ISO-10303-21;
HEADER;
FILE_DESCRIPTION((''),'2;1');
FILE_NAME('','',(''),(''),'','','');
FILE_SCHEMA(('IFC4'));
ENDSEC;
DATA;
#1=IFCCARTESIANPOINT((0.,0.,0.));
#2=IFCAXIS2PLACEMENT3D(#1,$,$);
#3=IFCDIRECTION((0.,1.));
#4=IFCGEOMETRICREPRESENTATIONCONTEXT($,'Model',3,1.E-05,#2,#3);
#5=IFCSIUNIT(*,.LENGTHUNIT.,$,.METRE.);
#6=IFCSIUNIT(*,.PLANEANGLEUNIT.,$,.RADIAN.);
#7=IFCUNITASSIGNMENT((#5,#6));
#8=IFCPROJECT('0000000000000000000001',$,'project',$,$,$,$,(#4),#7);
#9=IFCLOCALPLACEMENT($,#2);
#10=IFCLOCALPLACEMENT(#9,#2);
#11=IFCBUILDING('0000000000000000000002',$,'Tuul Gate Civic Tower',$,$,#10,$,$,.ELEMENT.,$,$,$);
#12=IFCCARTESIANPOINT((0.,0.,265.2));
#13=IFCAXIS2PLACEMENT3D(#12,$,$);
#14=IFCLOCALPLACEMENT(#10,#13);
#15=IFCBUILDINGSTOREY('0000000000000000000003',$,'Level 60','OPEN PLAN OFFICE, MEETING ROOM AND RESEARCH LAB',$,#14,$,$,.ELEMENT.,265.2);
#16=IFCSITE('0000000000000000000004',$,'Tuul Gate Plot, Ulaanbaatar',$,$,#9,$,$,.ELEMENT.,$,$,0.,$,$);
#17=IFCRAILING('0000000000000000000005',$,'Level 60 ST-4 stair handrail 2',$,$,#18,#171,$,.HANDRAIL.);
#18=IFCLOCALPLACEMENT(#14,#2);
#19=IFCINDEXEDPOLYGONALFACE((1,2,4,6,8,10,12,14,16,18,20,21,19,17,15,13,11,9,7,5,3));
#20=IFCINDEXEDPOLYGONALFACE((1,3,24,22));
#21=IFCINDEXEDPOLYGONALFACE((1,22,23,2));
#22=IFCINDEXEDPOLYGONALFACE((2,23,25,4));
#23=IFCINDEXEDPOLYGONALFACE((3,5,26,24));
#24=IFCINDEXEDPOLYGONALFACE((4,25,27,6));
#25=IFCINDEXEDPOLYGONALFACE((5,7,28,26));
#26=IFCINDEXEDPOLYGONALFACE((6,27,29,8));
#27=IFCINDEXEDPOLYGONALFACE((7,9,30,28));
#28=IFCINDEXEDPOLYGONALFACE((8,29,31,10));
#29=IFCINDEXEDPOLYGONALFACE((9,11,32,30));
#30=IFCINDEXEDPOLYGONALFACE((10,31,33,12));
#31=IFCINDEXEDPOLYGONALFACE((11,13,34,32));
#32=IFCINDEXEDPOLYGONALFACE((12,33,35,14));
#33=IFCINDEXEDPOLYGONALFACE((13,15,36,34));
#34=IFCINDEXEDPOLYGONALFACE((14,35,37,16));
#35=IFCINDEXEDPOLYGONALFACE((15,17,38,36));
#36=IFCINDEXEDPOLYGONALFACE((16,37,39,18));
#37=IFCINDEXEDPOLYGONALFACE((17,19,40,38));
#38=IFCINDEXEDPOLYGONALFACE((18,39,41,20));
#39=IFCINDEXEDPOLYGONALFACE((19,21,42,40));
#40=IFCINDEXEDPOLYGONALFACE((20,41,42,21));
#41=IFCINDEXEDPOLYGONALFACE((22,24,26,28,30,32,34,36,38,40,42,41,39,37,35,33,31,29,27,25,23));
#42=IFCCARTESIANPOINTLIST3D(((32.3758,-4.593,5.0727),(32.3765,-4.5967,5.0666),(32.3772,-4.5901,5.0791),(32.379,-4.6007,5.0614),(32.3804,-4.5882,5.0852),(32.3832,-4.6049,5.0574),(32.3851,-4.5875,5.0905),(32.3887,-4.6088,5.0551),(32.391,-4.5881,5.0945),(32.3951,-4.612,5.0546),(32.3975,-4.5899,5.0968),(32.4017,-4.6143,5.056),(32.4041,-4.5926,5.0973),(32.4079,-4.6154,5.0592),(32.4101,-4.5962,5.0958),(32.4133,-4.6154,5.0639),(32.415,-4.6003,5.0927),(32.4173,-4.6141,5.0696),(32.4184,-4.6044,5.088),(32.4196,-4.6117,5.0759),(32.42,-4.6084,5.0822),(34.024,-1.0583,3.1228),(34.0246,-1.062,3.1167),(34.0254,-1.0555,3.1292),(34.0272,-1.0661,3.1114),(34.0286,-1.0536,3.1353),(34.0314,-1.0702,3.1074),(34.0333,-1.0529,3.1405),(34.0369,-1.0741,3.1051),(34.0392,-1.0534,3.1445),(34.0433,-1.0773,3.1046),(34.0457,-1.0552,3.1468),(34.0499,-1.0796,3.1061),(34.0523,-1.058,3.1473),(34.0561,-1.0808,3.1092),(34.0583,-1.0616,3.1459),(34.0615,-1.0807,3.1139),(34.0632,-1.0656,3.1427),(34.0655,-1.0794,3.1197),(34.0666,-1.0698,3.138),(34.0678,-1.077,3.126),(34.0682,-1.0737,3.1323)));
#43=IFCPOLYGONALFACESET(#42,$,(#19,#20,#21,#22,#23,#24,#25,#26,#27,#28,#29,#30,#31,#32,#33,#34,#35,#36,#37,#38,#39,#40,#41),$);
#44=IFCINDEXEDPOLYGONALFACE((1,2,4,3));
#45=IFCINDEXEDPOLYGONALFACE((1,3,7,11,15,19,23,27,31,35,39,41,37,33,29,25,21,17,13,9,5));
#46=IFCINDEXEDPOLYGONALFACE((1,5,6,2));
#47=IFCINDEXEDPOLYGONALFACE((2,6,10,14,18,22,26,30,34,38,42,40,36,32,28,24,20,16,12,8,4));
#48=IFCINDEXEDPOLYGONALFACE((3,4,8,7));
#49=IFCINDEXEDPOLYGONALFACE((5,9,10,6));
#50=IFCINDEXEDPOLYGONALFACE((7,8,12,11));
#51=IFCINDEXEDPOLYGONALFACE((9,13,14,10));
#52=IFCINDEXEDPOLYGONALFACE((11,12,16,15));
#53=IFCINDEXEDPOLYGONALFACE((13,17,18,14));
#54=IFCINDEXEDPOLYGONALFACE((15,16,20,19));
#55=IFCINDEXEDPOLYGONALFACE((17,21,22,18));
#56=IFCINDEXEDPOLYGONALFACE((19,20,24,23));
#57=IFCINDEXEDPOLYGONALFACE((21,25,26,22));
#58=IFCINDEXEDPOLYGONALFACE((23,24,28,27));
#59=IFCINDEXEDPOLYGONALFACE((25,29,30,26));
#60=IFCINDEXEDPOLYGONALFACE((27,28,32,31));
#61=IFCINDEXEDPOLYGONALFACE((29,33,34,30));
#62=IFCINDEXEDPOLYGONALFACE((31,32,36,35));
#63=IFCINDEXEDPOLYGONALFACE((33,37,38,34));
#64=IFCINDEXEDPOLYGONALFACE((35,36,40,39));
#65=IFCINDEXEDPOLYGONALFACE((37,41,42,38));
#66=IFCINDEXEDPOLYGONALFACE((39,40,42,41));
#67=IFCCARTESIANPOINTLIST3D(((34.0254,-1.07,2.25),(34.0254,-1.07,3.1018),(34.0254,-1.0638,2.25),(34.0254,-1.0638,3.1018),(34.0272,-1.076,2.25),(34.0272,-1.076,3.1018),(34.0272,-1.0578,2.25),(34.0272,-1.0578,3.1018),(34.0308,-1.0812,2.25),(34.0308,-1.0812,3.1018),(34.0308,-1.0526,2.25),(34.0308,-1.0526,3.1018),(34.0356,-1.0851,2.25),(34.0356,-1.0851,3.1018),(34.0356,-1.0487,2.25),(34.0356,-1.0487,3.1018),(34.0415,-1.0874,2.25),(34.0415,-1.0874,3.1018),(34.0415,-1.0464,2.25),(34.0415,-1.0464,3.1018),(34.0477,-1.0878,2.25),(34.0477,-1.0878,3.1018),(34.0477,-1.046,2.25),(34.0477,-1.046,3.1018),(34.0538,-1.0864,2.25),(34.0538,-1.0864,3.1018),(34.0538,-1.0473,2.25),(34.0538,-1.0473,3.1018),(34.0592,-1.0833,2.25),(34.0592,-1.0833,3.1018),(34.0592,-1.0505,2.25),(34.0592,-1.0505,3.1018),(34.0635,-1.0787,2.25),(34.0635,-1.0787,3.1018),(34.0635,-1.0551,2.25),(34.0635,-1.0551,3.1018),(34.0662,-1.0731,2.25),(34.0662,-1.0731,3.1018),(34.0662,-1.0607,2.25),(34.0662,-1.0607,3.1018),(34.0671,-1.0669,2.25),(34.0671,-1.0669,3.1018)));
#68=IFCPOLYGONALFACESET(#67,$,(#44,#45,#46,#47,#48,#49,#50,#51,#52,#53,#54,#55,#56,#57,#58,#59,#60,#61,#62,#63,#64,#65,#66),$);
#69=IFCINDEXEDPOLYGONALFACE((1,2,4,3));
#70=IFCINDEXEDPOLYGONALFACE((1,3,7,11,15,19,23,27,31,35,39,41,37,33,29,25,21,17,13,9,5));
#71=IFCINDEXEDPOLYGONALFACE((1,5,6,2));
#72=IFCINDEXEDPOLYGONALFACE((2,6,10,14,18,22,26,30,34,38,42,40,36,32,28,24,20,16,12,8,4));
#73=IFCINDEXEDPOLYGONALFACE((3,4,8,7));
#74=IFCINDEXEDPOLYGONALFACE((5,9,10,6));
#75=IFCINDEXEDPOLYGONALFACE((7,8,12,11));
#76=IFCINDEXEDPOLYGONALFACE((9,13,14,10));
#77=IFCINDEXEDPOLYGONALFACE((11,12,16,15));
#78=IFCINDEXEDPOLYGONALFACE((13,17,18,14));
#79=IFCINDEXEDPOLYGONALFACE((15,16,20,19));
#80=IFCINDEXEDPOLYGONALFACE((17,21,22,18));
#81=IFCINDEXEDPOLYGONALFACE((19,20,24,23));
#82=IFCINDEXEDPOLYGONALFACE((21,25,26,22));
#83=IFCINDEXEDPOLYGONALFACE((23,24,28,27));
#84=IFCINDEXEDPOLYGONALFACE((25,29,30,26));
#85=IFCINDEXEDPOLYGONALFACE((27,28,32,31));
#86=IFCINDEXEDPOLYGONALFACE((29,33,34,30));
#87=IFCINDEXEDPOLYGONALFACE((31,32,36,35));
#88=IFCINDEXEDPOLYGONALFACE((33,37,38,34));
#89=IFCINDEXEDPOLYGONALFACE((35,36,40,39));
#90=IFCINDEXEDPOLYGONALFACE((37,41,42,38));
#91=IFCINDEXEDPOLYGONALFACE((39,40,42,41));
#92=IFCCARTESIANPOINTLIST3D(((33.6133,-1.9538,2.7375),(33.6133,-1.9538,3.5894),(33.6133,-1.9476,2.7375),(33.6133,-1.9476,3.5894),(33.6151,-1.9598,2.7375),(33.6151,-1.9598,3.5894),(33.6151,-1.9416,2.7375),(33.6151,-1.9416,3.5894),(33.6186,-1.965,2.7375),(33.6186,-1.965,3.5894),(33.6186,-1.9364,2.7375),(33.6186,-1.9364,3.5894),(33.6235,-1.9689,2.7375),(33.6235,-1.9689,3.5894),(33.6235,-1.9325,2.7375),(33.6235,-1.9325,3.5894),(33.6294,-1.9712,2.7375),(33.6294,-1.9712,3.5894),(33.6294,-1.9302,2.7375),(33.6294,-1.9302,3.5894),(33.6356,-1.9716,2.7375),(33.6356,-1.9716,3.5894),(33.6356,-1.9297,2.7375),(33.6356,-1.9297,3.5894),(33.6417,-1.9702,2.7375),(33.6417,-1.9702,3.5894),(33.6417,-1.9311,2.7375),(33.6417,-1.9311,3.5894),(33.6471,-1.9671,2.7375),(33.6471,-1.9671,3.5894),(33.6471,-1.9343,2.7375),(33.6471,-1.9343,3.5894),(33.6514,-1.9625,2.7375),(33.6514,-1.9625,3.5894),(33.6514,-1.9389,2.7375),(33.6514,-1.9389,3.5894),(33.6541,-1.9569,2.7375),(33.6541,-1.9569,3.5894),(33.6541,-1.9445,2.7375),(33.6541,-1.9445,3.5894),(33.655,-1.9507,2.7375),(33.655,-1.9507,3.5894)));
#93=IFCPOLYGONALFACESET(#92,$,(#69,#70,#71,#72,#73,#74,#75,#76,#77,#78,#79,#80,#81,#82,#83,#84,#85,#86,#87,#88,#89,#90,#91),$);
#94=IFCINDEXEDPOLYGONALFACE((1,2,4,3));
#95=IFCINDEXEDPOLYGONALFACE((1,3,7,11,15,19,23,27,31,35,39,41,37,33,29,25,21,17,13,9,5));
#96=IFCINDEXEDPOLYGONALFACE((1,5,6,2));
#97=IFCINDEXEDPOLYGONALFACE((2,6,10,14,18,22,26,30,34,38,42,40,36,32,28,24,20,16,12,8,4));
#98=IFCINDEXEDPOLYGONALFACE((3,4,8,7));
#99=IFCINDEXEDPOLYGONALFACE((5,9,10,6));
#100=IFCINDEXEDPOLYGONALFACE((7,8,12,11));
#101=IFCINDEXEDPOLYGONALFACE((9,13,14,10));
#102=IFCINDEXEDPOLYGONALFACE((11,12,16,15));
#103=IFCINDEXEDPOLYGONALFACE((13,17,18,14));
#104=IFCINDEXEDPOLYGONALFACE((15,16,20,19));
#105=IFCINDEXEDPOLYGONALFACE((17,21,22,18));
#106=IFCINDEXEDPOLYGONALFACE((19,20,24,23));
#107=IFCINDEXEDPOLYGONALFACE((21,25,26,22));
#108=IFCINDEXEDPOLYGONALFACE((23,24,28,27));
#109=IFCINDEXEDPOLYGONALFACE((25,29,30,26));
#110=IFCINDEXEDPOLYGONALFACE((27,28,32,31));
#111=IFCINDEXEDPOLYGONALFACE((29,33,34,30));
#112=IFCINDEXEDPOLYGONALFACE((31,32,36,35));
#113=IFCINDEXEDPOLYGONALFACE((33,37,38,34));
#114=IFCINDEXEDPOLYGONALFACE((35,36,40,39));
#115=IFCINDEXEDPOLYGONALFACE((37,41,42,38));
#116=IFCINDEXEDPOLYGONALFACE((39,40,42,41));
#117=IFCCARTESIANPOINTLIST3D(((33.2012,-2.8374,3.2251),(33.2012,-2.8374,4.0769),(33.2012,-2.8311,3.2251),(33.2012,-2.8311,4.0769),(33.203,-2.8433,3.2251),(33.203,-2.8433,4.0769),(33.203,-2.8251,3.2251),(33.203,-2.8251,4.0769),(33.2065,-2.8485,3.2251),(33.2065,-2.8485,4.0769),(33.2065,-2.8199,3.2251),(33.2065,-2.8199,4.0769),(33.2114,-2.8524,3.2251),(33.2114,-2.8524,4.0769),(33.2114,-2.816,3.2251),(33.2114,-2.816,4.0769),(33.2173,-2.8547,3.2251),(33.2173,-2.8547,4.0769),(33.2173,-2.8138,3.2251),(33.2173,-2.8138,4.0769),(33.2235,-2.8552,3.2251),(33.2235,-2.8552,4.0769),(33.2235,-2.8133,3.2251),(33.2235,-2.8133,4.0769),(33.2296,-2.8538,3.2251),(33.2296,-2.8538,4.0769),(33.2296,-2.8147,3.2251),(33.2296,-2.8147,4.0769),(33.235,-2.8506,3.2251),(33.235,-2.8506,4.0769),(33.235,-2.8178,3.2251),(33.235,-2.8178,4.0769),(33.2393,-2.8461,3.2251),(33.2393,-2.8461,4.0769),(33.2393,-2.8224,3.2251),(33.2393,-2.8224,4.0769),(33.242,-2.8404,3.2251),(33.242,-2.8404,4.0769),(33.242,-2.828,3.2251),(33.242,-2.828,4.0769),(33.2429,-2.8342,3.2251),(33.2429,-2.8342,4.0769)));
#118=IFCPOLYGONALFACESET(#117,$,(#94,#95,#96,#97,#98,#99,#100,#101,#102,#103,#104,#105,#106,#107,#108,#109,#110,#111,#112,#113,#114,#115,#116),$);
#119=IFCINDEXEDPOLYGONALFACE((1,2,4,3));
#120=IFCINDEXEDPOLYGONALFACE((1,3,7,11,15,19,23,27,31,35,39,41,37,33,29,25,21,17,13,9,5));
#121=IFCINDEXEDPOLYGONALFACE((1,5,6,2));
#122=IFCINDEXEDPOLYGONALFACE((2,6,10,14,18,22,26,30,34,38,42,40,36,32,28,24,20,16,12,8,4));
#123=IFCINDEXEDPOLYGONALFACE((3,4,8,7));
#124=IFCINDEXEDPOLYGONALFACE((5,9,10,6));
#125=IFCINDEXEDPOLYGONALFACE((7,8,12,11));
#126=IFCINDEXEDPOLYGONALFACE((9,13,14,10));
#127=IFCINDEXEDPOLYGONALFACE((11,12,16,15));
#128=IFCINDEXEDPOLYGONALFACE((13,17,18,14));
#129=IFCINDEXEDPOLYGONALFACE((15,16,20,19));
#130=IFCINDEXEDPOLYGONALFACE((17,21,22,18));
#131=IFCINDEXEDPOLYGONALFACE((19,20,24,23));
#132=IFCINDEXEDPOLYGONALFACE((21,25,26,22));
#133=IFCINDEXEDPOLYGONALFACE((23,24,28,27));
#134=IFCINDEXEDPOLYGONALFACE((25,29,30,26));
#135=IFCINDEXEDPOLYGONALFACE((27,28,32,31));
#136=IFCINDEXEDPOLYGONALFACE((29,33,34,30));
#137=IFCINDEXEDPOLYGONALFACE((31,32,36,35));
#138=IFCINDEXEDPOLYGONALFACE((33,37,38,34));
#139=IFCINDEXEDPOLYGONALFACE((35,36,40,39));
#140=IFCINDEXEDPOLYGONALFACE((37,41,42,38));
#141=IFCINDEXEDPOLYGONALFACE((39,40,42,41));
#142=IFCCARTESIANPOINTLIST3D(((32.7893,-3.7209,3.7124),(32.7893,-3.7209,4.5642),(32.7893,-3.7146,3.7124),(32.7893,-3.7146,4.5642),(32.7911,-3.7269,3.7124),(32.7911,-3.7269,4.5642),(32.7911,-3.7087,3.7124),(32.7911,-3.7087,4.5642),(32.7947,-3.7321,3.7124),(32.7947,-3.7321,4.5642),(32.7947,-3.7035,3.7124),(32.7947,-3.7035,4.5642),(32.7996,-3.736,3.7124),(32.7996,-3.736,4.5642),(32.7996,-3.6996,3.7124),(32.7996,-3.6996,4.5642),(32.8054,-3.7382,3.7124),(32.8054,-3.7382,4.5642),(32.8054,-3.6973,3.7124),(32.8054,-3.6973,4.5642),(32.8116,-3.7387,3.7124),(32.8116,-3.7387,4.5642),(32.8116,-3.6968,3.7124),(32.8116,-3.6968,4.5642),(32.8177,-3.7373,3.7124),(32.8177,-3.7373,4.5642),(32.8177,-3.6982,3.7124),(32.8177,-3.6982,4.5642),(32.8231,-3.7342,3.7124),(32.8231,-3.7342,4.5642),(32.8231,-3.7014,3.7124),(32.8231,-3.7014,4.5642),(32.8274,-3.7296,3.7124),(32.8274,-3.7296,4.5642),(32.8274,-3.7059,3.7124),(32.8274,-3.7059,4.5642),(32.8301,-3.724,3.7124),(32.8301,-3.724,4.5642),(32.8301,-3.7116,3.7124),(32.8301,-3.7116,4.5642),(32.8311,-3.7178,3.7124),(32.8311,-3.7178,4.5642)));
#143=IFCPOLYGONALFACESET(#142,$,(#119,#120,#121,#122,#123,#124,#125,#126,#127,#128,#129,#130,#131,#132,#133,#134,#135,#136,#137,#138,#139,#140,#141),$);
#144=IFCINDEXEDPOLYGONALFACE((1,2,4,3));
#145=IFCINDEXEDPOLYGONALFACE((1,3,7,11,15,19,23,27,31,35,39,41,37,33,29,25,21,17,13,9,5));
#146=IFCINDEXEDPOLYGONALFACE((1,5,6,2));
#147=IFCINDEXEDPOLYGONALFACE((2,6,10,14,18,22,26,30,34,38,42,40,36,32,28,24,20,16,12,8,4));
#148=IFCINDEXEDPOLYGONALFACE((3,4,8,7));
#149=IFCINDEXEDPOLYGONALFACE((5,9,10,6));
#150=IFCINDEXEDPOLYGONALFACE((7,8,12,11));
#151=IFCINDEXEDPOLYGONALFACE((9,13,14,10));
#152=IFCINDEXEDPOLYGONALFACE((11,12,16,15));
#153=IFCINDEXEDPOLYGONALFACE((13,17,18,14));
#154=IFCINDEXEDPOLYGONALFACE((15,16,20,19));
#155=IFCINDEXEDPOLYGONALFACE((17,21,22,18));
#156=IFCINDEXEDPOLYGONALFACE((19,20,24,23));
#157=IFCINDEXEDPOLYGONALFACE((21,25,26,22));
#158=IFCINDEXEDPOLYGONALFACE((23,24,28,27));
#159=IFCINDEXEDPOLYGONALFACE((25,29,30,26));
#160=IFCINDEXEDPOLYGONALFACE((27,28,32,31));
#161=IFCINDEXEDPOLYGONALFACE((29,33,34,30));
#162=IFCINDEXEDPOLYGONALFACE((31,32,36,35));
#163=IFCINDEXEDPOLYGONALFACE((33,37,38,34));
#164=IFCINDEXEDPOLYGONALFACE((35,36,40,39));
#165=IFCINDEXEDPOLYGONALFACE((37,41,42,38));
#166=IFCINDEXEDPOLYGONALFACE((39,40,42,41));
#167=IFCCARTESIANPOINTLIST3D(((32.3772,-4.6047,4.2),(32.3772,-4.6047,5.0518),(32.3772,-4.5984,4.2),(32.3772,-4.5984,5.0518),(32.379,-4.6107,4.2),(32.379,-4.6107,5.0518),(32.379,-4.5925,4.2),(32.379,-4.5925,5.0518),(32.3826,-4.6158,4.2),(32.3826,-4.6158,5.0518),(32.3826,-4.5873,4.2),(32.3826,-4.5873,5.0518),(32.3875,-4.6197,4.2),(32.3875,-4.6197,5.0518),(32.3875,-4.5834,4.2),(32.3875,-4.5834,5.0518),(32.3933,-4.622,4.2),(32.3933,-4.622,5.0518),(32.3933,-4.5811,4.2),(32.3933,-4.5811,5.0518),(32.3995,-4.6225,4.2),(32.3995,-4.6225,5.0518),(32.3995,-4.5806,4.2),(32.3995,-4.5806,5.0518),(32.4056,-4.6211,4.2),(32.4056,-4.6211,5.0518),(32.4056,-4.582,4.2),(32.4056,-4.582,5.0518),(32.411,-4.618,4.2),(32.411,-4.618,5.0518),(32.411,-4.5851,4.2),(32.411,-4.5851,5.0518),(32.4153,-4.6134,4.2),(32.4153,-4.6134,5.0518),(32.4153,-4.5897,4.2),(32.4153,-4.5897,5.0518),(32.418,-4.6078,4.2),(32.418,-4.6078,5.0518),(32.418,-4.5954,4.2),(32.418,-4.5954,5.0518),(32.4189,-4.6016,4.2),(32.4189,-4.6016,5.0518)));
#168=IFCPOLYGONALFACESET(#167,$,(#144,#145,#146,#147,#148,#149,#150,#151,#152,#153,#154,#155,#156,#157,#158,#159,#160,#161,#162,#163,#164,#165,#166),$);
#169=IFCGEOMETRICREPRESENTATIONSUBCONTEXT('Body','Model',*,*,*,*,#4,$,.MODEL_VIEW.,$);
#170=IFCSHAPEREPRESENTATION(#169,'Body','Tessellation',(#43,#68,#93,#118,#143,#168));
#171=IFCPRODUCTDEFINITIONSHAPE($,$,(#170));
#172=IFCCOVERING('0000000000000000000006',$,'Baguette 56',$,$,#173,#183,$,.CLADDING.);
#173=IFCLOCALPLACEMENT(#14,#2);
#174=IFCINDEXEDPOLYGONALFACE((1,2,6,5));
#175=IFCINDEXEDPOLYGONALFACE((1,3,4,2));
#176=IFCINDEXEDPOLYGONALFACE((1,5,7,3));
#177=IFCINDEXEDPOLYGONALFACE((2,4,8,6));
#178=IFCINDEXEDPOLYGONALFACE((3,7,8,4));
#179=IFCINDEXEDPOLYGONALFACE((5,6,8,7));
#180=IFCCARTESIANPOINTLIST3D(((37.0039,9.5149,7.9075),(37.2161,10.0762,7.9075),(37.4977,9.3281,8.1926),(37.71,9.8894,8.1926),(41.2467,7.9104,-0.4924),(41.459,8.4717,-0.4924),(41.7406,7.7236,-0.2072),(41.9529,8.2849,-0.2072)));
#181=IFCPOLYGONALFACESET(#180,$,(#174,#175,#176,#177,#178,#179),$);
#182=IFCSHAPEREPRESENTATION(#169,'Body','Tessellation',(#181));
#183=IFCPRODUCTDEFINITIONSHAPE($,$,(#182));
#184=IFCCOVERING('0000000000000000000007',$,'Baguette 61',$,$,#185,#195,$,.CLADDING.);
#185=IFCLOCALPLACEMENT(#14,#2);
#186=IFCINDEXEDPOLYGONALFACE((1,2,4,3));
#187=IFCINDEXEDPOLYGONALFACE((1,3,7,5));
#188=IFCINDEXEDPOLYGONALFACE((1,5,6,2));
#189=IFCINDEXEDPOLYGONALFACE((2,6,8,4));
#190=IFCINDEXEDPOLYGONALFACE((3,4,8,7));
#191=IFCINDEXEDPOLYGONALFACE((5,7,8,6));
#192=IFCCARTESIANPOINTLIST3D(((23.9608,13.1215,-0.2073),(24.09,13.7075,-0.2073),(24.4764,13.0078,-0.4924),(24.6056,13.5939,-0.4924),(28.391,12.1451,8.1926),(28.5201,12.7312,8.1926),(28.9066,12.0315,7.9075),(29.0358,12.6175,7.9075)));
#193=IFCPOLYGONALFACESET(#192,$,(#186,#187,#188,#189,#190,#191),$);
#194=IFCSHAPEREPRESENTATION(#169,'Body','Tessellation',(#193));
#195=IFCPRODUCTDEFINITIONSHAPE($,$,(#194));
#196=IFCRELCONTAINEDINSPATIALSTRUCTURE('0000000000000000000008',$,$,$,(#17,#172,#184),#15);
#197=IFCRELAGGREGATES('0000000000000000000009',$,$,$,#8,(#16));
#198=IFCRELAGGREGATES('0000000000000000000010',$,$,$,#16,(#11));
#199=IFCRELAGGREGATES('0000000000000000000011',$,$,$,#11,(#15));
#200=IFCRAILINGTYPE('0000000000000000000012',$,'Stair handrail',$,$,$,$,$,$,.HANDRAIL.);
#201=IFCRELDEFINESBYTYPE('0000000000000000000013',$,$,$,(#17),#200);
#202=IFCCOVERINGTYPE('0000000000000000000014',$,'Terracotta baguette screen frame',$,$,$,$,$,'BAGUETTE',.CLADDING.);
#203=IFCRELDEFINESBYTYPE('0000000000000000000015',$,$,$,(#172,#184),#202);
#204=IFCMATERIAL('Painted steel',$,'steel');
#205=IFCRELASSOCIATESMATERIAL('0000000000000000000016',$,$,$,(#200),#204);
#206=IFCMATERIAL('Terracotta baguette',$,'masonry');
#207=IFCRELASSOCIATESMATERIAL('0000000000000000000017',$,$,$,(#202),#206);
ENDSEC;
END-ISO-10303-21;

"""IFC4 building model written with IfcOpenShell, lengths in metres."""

from ifc_helpers import new_model, si_unit, direction, frame, origin, origin_2d, place, context, subcontext, project, spatial, rectangle, circle, extrude, material, material_profile, profile_set, type_object, element, save


model = new_model("IFC4")

# Units and contexts
model_context = context("Model", 3, precision=1e-05, world=origin(), true_north=direction((0.0, 1.0)))
body_context = subcontext(model_context, "Body", "Model", "MODEL_VIEW")
ifc_project = project(units=[si_unit("LENGTHUNIT", "METRE"), si_unit("PLANEANGLEUNIT", "RADIAN")], contexts=[model_context])

# Site, building, storey
site_placement = place(None, origin())
site = spatial("IfcSite", under=ifc_project, at=site_placement, Name="Tuul Gate Plot, Ulaanbaatar", CompositionType="ELEMENT", RefElevation=0.0)
building_placement = place(site_placement, origin())
building = spatial("IfcBuilding", under=site, at=building_placement, Name="Tuul Gate Civic Tower", CompositionType="ELEMENT")
storey_placement = place(building_placement, frame((0.0, 0.0, 265.2)))
storey = spatial("IfcBuildingStorey", under=building, at=storey_placement, Name="Level 60", Description="OPEN PLAN OFFICE, MEETING ROOM AND RESEARCH LAB", CompositionType="ELEMENT", Elevation=265.2)

# Railing
ifc_material_1 = material(Name="Painted steel", Category="steel")
railing_type = type_object("IfcRailingType", Name="Stair handrail", PredefinedType="HANDRAIL", material=ifc_material_1)
railing_placement = place(storey_placement, frame((34.0461, -1.0669, 2.25)))
element("IfcRailing", 1, at=railing_placement, inside=storey, type_object=railing_type, Name="Level 60 ST-4 stair handrail 2", PredefinedType="HANDRAIL", context=body_context, shape_type="SweptSolid", body=[
    extrude(circle(Radius=0.0239, at=origin_2d()), frame((0.0, 0.0, 0.876), z_axis=(-0.377995, -0.810637, 0.4472), x_axis=(0.906313, -0.422608, 0.0)), (0.0, 0.0, 1.0), 4.3604),
    extrude(circle(Radius=0.021, at=origin_2d()), origin(), (0.0, 0.0, 1.0), 0.8518),
    extrude(circle(Radius=0.021, at=origin_2d()), frame((-0.4121, -0.8838, 0.4875)), (0.0, 0.0, 1.0), 0.8518),
    extrude(circle(Radius=0.021, at=origin_2d()), frame((-0.8242, -1.7673, 0.9751)), (0.0, 0.0, 1.0), 0.8518),
    extrude(circle(Radius=0.021, at=origin_2d()), frame((-1.2361, -2.6509, 1.4624)), (0.0, 0.0, 1.0), 0.8518),
    extrude(circle(Radius=0.021, at=origin_2d()), frame((-1.6482, -3.5347, 1.95)), (0.0, 0.0, 1.0), 0.8518),
])

# Coverings
ifc_material_2 = material(Name="Terracotta baguette", Category="masonry")
ifc_material_profile_1 = material_profile(ifc_material_2, rectangle(XDim=0.6001, YDim=0.6001, at=origin_2d()), Name="Terracotta baguette screen frame")
ifc_profile_set_1 = profile_set([ifc_material_profile_1], Name="Terracotta baguette")
covering_type = type_object("IfcCoveringType", Name="Terracotta baguette screen frame", ElementType="BAGUETTE", PredefinedType="CLADDING", material=ifc_profile_set_1)
covering_1_placement = place(storey_placement, frame((37.3569, 9.7021, 8.05), z_axis=(0.444449, -0.168072, -0.879896), x_axis=(0.353711, 0.935355, 0.0)))
element("IfcCovering", 2, at=covering_1_placement, inside=storey, type_object=covering_type, Name="Baguette 56", PredefinedType="CLADDING", context=body_context, shape_type="SweptSolid", body=[
    extrude(rectangle(XDim=0.6001, YDim=0.6001, at=origin_2d()), origin(), (0.0, 0.0, 1.0), 9.5464),
])
covering_2_placement = place(storey_placement, frame((28.7134, 12.3813, 8.05), z_axis=(-0.464057, 0.102268, -0.879882), x_axis=(-0.215215, -0.976567, 0.0)))
element("IfcCovering", 3, at=covering_2_placement, inside=storey, type_object=covering_type, Name="Baguette 61", PredefinedType="CLADDING", context=body_context, shape_type="SweptSolid", body=[
    extrude(rectangle(XDim=0.6001, YDim=0.6001, at=origin_2d()), origin(), (0.0, 0.0, 1.0), 9.5466),
])

save(model, "model.ifc")
